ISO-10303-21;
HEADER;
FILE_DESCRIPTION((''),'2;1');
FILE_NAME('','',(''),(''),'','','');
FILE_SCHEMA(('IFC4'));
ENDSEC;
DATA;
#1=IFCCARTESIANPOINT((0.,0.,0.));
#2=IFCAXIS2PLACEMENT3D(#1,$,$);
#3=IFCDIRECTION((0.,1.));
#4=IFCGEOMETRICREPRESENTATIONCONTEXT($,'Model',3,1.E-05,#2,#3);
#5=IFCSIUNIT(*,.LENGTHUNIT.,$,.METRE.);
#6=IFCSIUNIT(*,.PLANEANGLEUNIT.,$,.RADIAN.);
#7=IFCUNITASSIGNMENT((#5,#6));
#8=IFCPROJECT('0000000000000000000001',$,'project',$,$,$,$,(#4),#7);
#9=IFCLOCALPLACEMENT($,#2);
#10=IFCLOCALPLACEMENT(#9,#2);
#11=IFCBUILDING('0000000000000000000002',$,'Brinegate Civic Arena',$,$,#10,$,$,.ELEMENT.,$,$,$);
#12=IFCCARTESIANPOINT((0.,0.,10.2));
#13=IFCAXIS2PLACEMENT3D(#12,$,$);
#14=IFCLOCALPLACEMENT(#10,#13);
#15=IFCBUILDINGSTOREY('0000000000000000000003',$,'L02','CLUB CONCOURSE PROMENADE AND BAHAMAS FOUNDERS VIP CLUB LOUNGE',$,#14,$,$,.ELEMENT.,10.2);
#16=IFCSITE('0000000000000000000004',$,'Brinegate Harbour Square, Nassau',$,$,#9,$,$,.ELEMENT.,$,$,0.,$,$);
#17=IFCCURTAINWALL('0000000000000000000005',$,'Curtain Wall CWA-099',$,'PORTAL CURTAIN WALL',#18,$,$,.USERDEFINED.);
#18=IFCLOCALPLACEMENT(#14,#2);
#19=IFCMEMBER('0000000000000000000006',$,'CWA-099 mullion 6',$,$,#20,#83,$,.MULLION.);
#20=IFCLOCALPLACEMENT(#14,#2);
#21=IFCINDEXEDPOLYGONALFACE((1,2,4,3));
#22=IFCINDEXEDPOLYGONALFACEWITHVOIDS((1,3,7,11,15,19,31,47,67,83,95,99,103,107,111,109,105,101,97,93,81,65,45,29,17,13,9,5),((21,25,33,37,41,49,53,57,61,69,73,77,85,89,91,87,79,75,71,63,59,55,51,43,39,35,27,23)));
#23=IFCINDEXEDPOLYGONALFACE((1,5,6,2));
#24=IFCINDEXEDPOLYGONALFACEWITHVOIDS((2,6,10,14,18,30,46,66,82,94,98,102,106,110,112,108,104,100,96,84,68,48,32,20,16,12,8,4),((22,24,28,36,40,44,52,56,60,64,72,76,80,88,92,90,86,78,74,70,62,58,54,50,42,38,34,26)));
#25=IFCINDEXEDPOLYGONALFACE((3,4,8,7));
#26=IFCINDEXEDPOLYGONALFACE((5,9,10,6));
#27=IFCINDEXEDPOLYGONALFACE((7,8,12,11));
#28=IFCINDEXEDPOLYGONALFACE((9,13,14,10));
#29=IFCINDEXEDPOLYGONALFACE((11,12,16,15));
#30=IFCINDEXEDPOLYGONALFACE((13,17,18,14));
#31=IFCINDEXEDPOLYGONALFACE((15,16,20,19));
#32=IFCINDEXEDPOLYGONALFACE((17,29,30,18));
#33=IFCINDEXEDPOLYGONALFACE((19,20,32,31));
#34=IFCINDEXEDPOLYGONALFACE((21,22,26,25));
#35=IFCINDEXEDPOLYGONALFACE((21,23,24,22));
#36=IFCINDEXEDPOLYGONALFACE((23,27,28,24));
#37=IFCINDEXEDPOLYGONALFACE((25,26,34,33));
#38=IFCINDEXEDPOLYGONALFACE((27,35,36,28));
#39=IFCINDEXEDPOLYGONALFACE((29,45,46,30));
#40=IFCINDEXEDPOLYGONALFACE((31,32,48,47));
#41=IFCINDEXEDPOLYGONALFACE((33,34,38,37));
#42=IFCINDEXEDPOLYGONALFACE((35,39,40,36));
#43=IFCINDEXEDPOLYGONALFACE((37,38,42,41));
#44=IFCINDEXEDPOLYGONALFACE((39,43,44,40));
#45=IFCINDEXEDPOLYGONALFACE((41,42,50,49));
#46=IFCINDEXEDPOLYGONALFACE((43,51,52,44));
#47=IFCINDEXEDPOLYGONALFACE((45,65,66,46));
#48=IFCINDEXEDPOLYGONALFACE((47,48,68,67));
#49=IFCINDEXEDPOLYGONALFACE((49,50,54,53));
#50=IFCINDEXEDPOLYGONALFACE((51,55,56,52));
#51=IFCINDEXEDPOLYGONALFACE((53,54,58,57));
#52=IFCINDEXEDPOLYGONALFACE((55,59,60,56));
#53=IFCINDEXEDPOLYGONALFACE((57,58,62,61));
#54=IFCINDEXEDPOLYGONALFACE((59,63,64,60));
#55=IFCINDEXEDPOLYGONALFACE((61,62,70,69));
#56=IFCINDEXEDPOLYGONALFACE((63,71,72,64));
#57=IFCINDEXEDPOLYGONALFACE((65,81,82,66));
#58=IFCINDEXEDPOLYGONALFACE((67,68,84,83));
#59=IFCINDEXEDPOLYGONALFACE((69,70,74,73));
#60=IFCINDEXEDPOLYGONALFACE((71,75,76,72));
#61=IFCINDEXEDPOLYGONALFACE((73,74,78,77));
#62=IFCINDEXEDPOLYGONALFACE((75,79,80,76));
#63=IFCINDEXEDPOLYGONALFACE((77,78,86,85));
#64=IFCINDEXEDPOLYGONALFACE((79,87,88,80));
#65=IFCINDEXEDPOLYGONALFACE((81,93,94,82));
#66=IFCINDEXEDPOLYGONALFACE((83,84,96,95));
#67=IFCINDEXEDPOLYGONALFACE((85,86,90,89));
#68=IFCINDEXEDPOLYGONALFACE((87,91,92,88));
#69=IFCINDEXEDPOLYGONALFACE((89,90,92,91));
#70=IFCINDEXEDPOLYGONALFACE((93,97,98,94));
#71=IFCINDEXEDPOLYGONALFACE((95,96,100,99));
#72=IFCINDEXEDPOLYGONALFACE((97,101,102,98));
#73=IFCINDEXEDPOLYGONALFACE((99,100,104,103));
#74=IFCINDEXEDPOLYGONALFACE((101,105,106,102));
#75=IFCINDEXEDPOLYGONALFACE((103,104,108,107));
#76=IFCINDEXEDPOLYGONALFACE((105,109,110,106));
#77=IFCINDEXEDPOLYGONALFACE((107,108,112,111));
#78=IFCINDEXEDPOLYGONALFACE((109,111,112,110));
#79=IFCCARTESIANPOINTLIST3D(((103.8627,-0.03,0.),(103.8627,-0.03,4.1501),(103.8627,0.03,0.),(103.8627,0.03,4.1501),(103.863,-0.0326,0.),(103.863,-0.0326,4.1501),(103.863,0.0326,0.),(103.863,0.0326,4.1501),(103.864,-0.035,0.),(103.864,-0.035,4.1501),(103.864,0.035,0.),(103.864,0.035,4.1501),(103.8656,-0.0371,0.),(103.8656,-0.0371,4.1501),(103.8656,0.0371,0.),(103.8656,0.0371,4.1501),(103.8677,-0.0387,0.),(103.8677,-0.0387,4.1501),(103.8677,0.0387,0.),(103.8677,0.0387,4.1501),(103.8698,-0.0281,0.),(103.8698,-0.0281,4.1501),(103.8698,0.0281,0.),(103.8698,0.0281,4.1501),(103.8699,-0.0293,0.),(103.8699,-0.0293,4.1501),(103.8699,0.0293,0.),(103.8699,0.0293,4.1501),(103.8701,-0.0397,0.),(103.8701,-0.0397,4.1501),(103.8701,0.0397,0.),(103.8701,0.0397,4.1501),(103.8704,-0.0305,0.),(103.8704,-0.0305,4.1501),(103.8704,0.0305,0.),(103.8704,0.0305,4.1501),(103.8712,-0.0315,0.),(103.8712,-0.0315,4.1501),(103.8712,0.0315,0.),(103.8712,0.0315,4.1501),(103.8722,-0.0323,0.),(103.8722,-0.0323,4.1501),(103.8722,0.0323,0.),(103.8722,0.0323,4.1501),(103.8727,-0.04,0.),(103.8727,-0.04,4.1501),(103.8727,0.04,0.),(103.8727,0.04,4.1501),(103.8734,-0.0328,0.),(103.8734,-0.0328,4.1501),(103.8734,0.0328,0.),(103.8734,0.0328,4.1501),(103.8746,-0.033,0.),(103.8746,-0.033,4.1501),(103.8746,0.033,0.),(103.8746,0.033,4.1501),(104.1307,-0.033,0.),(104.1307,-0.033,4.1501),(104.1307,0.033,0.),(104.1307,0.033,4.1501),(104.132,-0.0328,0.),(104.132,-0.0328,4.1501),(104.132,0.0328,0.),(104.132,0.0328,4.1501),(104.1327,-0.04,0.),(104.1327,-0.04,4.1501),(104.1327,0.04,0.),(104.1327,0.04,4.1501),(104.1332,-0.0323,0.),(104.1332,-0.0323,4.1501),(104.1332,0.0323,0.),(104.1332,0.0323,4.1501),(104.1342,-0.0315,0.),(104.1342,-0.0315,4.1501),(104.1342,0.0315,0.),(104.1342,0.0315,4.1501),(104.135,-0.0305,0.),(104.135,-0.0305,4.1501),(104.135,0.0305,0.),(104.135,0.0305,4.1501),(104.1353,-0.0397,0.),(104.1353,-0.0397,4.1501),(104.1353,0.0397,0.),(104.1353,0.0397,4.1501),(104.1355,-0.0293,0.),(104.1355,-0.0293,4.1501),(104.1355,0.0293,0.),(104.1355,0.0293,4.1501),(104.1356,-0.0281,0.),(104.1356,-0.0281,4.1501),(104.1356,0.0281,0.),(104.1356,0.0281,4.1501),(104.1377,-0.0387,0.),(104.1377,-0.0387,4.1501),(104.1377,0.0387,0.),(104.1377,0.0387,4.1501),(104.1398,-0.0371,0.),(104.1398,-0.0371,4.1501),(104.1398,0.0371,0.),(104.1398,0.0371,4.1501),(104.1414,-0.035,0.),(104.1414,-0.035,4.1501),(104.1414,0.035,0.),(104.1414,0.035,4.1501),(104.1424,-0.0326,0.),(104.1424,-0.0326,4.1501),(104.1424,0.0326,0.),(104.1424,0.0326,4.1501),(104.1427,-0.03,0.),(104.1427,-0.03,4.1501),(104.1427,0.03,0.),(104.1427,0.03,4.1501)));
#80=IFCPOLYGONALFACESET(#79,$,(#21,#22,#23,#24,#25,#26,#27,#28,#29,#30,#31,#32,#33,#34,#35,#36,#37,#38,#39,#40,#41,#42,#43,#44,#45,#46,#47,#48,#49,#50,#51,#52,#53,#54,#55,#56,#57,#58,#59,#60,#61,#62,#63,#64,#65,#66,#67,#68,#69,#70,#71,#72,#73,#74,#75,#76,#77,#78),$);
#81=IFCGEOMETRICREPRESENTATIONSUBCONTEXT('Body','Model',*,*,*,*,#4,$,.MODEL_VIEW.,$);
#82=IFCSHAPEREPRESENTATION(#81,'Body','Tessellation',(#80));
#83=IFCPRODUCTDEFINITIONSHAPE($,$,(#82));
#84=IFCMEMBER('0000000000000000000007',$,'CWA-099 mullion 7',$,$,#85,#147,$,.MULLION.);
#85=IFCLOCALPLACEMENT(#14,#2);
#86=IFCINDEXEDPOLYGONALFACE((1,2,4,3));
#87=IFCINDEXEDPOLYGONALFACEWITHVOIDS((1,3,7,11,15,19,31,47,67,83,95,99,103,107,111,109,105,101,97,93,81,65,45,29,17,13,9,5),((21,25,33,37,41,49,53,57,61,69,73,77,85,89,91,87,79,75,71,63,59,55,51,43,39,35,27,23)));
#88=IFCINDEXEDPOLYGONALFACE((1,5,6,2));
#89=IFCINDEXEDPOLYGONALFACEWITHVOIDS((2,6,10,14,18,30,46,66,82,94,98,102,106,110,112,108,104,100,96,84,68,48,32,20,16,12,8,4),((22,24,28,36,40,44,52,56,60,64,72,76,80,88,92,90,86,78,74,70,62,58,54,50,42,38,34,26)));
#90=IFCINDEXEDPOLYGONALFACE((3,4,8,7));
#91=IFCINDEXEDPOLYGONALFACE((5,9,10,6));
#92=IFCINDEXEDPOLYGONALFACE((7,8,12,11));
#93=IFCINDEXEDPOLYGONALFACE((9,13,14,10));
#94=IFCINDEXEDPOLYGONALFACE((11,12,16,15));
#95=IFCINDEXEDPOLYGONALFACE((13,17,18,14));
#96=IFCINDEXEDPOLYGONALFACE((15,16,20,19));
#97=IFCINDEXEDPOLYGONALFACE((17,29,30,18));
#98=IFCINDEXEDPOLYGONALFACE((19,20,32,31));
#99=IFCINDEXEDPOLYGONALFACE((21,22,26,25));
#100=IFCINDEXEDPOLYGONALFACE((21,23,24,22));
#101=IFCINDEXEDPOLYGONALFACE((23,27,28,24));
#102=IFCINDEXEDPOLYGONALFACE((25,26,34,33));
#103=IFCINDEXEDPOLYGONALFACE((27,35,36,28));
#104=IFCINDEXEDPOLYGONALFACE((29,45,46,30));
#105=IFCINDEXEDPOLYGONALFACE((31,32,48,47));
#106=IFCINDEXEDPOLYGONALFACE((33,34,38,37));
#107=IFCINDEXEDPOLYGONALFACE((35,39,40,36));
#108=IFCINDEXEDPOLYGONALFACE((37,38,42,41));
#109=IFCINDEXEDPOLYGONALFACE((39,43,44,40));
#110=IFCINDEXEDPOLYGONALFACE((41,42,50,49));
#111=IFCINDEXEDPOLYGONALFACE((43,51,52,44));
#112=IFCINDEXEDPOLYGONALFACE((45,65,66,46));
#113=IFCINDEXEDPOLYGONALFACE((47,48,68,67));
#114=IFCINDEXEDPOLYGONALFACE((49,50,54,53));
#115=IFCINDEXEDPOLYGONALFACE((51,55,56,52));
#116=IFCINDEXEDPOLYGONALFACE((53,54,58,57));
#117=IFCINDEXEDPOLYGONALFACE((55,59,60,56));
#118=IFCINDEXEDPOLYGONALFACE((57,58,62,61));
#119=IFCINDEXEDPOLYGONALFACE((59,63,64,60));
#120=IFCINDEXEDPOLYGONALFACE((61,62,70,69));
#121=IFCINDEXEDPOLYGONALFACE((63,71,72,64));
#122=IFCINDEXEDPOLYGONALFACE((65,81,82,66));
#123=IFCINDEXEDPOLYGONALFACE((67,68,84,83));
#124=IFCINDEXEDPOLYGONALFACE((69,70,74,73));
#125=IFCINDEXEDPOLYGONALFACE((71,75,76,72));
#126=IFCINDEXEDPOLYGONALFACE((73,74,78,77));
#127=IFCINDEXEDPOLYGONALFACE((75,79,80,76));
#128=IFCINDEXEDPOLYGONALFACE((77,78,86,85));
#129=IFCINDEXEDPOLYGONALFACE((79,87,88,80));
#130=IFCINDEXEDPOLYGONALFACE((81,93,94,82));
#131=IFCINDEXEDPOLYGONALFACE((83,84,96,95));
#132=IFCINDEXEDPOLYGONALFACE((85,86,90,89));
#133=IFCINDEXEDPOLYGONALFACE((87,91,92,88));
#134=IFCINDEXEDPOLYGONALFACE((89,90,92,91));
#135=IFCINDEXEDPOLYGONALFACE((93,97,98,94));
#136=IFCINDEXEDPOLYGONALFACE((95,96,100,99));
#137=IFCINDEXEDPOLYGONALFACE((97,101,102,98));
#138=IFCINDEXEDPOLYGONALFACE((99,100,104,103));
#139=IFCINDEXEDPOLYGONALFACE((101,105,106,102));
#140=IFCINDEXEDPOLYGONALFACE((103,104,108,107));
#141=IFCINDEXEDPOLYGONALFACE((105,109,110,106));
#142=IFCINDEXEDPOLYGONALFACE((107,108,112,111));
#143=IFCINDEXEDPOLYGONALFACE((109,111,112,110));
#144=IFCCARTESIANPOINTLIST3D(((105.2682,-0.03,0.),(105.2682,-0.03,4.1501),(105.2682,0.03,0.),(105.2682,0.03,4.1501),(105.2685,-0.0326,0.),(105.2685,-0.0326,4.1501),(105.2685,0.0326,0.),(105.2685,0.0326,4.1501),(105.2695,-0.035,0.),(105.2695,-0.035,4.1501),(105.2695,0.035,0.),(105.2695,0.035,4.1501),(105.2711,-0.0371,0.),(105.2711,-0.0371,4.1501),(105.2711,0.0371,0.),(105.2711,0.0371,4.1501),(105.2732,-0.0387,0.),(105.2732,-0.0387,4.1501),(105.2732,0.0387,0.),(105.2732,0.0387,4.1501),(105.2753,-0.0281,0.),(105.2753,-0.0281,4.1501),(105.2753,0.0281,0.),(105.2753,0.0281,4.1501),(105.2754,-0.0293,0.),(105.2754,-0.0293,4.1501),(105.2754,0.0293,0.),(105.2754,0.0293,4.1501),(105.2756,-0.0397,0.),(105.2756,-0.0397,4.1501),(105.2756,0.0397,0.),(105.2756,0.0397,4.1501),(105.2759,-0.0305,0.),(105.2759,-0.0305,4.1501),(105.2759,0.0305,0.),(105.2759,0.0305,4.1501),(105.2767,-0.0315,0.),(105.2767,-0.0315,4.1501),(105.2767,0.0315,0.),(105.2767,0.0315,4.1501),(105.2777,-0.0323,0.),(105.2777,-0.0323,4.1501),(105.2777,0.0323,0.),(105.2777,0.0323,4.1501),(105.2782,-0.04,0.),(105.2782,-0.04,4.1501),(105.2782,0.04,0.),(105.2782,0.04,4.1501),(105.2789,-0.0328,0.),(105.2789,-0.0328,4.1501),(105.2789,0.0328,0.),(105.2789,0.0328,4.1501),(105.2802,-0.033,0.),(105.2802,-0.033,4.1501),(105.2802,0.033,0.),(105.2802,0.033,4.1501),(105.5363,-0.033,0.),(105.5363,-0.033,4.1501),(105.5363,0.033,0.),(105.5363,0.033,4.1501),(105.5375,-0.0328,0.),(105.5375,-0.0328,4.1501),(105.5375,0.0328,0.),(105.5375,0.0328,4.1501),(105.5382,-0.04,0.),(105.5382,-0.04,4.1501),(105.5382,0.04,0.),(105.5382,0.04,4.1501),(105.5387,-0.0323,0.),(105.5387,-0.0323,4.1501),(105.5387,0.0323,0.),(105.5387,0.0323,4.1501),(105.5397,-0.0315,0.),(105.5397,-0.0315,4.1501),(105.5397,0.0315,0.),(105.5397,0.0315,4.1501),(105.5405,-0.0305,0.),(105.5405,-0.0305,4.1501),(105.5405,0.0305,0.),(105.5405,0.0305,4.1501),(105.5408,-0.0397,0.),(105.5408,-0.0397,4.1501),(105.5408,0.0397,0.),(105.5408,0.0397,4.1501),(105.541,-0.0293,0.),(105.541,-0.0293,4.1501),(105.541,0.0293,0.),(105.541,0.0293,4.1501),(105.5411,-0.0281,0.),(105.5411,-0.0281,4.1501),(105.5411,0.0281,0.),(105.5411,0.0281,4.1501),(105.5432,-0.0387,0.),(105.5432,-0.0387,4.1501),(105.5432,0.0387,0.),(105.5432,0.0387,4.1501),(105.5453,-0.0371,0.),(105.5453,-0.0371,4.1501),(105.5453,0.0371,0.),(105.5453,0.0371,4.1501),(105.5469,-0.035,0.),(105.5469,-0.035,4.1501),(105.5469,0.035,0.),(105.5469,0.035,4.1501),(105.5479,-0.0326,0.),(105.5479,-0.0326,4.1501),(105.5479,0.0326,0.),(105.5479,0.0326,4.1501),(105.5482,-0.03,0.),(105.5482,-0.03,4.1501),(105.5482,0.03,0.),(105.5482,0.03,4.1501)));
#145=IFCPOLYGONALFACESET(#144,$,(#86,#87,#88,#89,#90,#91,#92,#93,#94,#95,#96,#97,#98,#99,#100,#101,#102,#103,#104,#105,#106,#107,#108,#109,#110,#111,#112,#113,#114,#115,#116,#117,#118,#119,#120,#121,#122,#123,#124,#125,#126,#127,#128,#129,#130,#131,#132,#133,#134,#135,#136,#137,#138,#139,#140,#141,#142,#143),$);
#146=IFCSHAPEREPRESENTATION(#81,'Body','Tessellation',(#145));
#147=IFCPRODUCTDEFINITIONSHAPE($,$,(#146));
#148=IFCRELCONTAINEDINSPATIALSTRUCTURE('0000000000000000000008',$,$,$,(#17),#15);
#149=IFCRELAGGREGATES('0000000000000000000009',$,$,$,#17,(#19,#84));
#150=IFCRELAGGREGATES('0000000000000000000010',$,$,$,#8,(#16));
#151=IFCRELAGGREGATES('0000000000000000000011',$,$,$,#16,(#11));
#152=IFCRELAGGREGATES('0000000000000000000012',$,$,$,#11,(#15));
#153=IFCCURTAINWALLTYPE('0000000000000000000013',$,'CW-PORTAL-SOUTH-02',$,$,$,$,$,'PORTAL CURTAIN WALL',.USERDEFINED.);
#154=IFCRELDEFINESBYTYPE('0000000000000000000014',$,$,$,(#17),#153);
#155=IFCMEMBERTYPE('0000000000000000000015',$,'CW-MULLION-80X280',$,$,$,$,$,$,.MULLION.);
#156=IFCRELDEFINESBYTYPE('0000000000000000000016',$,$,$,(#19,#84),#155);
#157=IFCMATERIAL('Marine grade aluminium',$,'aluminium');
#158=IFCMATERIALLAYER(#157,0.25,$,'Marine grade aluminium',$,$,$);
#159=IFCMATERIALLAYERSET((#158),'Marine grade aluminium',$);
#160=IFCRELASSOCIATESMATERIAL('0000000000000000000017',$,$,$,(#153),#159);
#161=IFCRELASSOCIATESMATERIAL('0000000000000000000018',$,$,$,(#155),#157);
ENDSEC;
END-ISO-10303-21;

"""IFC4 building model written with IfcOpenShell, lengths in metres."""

from ifc_helpers import new_model, si_unit, direction, frame, origin, origin_2d, place, context, subcontext, project, spatial, hollow_rectangle, extrude, material, layer, layer_set, material_profile, profile_set, type_object, element, aggregate, save


model = new_model("IFC4")

# Units and contexts
model_context = context("Model", 3, precision=1e-05, world=origin(), true_north=direction((0.0, 1.0)))
body_context = subcontext(model_context, "Body", "Model", "MODEL_VIEW")
ifc_project = project(units=[si_unit("LENGTHUNIT", "METRE"), si_unit("PLANEANGLEUNIT", "RADIAN")], contexts=[model_context])

# Site, building, storey
site_placement = place(None, origin())
site = spatial("IfcSite", under=ifc_project, at=site_placement, Name="Brinegate Harbour Square, Nassau", CompositionType="ELEMENT", RefElevation=0.0)
building_placement = place(site_placement, origin())
building = spatial("IfcBuilding", under=site, at=building_placement, Name="Brinegate Civic Arena", CompositionType="ELEMENT")
storey_placement = place(building_placement, frame((0.0, 0.0, 10.2)))
storey = spatial("IfcBuildingStorey", under=building, at=storey_placement, Name="L02", Description="CLUB CONCOURSE PROMENADE AND BAHAMAS FOUNDERS VIP CLUB LOUNGE", CompositionType="ELEMENT", Elevation=10.2)

# Curtain wall, members
ifc_material_1 = material(Name="Marine grade aluminium", Category="aluminium")
ifc_layer_1 = layer(ifc_material_1, 0.25, Name="Marine grade aluminium")
ifc_layer_set_1 = layer_set([ifc_layer_1], Name="Marine grade aluminium")
curtain_wall_type = type_object("IfcCurtainWallType", Name="CW-PORTAL-SOUTH-02", ElementType="PORTAL CURTAIN WALL", PredefinedType="USERDEFINED", material=ifc_layer_set_1)
curtain_wall_placement = place(storey_placement, origin())
curtain_wall = element("IfcCurtainWall", 1, at=curtain_wall_placement, inside=storey, type_object=curtain_wall_type, Name="Curtain Wall CWA-099", ObjectType="PORTAL CURTAIN WALL", PredefinedType="USERDEFINED")
ifc_material_profile_1 = material_profile(ifc_material_1, hollow_rectangle(XDim=0.0801, YDim=0.28, WallThickness=0.0071, InnerFilletRadius=0.0049, OuterFilletRadius=0.01, at=origin_2d()), Name="MUL80X280")
ifc_profile_set_1 = profile_set([ifc_material_profile_1], Name="Marine grade aluminium")
member_type_1 = type_object("IfcMemberType", Name="CW-MULLION-80X280", PredefinedType="MULLION", material=ifc_profile_set_1)
member_1_placement = place(storey_placement, frame((104.0027, 0.0, 0.0), z_axis=(0.0, 0.0, 1.0), x_axis=(0.0, 1.0, 0.0)))
member_1 = element("IfcMember", 2, at=member_1_placement, type_object=member_type_1, Name="CWA-099 mullion 6", PredefinedType="MULLION", context=body_context, shape_type="SweptSolid", body=[
    extrude(hollow_rectangle(XDim=0.0801, YDim=0.28, WallThickness=0.0071, InnerFilletRadius=0.0049, OuterFilletRadius=0.01, at=origin_2d()), origin(), (0.0, 0.0, 1.0), 4.1501),
])
member_2_placement = place(storey_placement, frame((105.4082, 0.0, 0.0), z_axis=(0.0, 0.0, 1.0), x_axis=(0.0, 1.0, 0.0)))
member_2 = element("IfcMember", 3, at=member_2_placement, type_object=member_type_1, Name="CWA-099 mullion 7", PredefinedType="MULLION", context=body_context, shape_type="SweptSolid", body=[
    extrude(hollow_rectangle(XDim=0.0801, YDim=0.28, WallThickness=0.0071, InnerFilletRadius=0.0049, OuterFilletRadius=0.01, at=origin_2d()), origin(), (0.0, 0.0, 1.0), 4.1501),
])

aggregate(curtain_wall, [member_1, member_2])

save(model, "model.ifc")
